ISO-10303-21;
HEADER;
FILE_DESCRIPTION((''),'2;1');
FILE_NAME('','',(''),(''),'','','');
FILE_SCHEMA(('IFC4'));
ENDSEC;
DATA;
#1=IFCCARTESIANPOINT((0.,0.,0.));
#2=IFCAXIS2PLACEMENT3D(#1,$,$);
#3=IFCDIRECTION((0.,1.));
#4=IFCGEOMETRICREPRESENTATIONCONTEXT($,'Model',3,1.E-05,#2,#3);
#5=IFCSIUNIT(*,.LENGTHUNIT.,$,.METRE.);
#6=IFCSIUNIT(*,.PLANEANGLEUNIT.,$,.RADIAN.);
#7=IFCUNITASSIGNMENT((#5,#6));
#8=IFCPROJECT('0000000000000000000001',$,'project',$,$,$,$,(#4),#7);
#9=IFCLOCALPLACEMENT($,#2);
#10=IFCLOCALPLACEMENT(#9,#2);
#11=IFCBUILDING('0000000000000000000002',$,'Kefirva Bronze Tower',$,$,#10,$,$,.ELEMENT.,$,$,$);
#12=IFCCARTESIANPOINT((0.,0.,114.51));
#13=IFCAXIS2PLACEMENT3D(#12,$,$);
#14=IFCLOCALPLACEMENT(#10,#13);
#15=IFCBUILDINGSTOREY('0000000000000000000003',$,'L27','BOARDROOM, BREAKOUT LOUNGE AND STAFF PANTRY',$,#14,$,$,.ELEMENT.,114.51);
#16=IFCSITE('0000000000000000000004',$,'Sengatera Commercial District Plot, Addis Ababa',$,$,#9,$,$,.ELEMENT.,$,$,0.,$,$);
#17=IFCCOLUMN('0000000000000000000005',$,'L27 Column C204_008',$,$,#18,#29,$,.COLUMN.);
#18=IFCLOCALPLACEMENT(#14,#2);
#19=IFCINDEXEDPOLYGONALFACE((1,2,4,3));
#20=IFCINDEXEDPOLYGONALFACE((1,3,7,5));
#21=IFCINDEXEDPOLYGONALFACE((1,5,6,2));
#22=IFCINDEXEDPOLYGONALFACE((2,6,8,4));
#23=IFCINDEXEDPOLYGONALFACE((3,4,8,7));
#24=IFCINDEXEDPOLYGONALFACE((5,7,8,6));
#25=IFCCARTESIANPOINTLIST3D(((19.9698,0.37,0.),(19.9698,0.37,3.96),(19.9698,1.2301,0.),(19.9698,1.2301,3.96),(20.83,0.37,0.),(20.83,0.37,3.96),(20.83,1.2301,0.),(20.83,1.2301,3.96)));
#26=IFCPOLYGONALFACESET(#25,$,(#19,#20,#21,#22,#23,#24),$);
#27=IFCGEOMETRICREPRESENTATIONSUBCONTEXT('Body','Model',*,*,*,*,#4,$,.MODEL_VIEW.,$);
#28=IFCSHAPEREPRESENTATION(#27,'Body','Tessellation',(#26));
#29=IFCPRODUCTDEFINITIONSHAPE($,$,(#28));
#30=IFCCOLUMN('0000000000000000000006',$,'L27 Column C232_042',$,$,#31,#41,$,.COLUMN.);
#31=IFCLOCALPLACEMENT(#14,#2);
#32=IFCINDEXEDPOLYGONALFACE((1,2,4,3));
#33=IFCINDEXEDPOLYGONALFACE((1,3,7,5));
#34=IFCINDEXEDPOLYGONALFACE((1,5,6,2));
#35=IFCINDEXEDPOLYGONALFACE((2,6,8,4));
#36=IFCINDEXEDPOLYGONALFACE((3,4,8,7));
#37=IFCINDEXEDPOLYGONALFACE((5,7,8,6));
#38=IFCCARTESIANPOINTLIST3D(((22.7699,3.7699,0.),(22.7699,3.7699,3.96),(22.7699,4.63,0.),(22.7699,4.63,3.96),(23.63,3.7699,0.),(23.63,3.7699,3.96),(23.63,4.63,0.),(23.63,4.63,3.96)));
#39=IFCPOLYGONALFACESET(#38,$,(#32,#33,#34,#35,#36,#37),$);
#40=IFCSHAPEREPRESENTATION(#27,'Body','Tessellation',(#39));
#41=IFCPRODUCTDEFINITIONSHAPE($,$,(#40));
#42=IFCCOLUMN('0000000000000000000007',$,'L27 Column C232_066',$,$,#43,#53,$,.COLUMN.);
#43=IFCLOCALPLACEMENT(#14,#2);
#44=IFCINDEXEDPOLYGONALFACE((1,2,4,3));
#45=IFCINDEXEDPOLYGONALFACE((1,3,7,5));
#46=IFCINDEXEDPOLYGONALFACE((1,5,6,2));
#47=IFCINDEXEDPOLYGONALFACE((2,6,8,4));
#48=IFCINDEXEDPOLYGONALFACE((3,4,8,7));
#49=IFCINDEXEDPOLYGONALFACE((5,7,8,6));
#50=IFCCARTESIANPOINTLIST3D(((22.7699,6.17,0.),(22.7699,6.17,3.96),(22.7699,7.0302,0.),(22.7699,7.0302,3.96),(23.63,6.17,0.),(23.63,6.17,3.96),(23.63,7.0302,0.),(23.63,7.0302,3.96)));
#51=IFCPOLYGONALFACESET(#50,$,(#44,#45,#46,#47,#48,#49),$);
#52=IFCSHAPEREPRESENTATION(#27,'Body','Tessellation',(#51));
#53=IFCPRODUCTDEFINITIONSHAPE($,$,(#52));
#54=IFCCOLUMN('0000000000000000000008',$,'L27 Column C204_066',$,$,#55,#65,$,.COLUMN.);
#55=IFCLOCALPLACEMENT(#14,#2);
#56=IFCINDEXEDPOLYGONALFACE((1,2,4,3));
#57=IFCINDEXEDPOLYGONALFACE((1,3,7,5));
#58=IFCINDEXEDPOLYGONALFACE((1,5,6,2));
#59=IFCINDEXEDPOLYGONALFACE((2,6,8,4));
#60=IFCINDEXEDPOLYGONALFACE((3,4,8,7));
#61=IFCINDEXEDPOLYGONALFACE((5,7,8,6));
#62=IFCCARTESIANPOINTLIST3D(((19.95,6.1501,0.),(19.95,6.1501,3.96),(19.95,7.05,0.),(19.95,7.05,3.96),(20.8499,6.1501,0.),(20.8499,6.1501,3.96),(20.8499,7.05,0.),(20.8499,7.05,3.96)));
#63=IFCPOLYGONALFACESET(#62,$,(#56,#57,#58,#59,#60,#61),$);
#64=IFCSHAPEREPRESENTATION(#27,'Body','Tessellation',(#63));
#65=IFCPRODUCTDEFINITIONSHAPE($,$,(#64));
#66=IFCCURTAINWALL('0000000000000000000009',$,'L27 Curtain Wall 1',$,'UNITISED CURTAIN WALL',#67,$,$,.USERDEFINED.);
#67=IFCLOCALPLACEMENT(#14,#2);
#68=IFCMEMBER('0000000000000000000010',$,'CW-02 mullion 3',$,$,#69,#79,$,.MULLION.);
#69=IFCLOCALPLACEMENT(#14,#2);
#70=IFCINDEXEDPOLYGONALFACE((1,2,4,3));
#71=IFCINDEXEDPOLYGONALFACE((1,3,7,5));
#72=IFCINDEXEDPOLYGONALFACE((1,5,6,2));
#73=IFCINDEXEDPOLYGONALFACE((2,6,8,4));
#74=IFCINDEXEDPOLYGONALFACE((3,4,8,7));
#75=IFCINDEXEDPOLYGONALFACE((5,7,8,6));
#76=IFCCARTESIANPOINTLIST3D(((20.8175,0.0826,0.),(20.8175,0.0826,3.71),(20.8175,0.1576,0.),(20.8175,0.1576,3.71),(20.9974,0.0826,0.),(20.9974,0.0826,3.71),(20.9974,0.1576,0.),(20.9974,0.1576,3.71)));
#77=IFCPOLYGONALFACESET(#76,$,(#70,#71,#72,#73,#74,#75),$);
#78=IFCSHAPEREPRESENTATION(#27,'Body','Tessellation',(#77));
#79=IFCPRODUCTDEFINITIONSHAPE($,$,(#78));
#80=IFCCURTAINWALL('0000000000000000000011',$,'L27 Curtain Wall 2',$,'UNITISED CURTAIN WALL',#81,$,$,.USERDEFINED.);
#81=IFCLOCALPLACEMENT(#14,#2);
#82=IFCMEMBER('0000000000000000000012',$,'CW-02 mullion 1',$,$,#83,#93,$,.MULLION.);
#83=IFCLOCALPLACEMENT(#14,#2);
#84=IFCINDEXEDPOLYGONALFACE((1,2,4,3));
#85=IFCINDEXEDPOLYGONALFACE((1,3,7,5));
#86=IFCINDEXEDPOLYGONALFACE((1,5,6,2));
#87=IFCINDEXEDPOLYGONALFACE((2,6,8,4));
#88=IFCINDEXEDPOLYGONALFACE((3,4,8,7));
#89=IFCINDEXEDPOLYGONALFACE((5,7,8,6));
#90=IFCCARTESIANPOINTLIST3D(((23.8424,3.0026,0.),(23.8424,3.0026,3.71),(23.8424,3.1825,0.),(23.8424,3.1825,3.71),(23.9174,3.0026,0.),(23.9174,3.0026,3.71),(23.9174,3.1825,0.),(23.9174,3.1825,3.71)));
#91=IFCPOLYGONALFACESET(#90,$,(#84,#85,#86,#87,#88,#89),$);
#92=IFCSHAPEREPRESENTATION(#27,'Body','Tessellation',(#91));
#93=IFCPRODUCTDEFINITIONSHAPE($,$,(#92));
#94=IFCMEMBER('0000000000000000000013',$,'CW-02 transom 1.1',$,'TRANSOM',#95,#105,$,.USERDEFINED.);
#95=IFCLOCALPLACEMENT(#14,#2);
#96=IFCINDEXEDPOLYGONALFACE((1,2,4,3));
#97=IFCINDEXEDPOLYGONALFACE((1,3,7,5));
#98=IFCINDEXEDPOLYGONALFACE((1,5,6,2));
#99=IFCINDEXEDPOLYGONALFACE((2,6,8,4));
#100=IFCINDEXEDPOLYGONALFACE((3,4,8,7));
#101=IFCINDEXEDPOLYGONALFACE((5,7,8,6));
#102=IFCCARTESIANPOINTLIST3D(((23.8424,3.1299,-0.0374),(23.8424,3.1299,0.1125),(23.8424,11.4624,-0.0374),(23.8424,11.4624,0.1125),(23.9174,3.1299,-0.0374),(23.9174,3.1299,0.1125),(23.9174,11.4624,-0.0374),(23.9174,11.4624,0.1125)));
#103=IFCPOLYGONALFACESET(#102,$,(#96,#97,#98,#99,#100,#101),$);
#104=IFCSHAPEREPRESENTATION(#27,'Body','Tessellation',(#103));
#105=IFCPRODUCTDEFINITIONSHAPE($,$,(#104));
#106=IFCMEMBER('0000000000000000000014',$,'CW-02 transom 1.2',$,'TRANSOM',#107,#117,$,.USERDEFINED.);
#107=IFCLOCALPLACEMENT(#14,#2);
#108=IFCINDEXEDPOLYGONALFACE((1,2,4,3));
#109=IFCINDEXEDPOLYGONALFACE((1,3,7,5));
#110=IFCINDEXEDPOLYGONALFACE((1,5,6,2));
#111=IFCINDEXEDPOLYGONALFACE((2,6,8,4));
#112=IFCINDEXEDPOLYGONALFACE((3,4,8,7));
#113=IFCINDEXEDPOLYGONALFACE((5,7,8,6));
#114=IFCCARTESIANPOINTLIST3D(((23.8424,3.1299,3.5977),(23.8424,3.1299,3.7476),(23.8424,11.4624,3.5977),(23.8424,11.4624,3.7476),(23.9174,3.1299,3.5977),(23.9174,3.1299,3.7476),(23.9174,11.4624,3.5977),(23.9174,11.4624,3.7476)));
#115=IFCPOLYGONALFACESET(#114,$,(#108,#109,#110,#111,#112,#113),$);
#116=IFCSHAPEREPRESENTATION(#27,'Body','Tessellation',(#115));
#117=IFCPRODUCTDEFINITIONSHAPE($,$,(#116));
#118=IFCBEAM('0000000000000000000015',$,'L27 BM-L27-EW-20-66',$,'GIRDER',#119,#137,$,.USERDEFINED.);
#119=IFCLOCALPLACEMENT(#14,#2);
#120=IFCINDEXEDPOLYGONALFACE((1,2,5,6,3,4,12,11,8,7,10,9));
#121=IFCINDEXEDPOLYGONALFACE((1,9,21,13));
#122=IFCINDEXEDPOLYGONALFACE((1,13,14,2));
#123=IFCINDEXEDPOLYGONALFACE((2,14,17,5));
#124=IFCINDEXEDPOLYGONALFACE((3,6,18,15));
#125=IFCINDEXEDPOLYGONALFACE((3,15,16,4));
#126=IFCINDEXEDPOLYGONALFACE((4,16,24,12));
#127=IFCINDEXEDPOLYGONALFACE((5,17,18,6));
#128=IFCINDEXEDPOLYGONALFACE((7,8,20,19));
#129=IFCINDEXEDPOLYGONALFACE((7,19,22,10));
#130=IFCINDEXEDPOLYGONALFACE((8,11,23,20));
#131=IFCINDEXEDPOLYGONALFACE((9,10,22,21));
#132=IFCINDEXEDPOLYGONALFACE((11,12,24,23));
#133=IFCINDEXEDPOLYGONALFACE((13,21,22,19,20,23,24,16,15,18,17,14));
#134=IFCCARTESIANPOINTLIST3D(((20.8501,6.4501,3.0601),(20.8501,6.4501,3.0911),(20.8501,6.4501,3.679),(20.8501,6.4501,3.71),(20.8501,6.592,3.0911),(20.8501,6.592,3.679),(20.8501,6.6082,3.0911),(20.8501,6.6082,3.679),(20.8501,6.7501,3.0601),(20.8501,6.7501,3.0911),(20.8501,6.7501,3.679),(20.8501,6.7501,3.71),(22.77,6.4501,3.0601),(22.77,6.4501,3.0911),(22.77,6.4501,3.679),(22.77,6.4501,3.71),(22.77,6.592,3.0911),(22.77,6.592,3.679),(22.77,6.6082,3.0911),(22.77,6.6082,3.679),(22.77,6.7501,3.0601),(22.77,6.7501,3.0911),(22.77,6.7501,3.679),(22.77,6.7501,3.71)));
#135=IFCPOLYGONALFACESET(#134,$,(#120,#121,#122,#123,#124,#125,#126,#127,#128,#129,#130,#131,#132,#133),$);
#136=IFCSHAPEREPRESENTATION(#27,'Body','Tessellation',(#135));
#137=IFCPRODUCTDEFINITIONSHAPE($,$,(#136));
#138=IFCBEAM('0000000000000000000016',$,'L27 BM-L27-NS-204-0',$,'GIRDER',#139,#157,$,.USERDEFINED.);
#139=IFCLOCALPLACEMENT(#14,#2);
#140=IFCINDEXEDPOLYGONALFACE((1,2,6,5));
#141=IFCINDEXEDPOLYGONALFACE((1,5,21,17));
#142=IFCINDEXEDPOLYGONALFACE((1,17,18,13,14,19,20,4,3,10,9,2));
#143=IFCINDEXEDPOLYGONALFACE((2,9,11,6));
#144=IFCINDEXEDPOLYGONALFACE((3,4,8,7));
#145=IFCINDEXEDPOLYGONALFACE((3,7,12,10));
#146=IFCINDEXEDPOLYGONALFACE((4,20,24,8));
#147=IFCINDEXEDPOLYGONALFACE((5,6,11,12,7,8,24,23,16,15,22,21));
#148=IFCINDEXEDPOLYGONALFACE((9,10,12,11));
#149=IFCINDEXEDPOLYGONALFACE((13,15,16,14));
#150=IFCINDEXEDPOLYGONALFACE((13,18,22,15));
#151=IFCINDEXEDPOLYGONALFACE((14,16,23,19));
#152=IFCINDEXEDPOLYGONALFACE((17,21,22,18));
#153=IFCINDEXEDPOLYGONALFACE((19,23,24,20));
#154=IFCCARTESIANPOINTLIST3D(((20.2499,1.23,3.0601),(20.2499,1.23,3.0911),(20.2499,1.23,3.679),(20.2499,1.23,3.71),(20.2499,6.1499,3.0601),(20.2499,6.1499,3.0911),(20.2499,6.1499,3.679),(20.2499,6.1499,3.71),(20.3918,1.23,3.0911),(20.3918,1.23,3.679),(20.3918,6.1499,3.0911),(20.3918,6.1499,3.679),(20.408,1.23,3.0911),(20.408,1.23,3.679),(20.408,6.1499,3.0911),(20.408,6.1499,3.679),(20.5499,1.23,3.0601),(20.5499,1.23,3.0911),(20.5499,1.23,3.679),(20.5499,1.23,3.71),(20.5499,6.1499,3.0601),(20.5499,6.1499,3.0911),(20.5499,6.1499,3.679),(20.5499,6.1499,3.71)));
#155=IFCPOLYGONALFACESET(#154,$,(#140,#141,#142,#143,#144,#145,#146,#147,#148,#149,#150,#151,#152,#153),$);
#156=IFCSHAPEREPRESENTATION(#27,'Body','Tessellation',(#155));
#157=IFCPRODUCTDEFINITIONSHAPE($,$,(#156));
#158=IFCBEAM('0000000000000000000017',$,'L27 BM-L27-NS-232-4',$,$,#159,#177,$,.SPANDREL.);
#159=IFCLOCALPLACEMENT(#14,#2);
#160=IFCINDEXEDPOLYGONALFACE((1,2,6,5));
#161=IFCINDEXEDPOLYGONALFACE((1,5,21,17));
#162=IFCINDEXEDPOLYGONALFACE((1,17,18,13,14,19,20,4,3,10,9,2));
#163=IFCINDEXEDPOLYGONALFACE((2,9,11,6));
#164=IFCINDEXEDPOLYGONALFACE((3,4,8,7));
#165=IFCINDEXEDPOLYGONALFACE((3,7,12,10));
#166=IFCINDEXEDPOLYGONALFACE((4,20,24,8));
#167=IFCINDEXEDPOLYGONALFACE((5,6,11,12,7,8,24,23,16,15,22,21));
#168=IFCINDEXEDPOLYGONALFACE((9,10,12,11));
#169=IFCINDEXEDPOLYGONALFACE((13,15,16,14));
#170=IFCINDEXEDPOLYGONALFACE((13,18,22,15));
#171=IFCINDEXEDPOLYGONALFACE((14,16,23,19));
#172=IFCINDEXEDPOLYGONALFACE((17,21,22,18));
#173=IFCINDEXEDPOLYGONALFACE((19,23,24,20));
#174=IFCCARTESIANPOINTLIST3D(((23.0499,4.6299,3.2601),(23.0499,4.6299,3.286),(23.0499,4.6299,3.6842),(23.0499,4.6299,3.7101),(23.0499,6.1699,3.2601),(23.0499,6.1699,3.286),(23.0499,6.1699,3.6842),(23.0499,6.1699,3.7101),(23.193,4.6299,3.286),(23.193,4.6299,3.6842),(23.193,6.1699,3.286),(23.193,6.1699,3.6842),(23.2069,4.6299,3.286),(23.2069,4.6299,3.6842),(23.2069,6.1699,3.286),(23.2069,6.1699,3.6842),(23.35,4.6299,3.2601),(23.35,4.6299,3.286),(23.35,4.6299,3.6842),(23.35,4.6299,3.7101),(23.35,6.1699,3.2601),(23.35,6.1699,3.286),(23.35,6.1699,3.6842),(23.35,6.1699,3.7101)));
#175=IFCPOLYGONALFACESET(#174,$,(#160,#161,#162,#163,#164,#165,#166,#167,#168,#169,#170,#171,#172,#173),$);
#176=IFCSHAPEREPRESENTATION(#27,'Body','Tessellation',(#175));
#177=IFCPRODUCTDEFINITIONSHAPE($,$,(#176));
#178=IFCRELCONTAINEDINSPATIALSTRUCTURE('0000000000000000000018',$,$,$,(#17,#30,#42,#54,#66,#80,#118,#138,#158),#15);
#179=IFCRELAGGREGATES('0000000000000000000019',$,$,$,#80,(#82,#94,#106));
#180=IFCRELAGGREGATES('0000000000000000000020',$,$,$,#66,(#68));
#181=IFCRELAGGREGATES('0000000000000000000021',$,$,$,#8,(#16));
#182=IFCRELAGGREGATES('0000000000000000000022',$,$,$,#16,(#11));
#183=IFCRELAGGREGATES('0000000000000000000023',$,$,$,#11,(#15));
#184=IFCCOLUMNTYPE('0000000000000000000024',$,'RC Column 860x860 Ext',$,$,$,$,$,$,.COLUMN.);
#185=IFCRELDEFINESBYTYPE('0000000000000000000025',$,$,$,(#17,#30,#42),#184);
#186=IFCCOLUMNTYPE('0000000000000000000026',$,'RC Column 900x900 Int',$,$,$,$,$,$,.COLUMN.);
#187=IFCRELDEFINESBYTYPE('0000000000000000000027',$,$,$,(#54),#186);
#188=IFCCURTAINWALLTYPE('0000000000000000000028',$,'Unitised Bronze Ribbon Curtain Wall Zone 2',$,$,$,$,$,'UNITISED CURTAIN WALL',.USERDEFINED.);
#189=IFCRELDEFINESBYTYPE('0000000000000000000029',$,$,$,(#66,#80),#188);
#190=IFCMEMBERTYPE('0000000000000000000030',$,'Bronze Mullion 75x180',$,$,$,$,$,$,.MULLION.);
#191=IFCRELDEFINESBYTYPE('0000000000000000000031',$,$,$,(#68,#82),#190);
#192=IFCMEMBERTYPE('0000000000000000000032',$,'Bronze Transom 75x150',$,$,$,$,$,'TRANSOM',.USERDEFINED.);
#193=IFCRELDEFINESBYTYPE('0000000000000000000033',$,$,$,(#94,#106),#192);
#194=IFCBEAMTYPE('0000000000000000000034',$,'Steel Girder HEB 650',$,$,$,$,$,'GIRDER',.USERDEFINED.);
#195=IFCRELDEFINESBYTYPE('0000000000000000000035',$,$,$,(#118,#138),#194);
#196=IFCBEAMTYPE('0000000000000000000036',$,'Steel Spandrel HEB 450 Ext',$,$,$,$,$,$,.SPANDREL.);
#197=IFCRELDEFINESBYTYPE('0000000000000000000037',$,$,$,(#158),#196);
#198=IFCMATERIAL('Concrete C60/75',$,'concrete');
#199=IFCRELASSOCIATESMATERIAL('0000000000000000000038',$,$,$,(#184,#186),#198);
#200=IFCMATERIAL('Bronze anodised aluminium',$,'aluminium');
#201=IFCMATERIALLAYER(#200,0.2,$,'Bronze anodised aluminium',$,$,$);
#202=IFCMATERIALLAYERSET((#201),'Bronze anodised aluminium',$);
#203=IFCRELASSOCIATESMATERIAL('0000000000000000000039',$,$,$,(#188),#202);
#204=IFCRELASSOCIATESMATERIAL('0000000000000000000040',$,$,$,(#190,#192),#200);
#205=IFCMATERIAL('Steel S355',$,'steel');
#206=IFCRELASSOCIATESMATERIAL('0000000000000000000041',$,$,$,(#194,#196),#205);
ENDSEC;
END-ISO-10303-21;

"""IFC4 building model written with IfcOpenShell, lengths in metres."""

from ifc_helpers import new_model, si_unit, direction, frame, origin, origin_2d, place, context, subcontext, project, spatial, rectangle, i_section, extrude, material, layer, layer_set, material_profile, profile_set, type_object, element, aggregate, save


model = new_model("IFC4")

# Units and contexts
model_context = context("Model", 3, precision=1e-05, world=origin(), true_north=direction((0.0, 1.0)))
body_context = subcontext(model_context, "Body", "Model", "MODEL_VIEW")
ifc_project = project(units=[si_unit("LENGTHUNIT", "METRE"), si_unit("PLANEANGLEUNIT", "RADIAN")], contexts=[model_context])

# Site, building, storey
site_placement = place(None, origin())
site = spatial("IfcSite", under=ifc_project, at=site_placement, Name="Sengatera Commercial District Plot, Addis Ababa", CompositionType="ELEMENT", RefElevation=0.0)
building_placement = place(site_placement, origin())
building = spatial("IfcBuilding", under=site, at=building_placement, Name="Kefirva Bronze Tower", CompositionType="ELEMENT")
storey_placement = place(building_placement, frame((0.0, 0.0, 114.51)))
storey = spatial("IfcBuildingStorey", under=building, at=storey_placement, Name="L27", Description="BOARDROOM, BREAKOUT LOUNGE AND STAFF PANTRY", CompositionType="ELEMENT", Elevation=114.51)

# Columns
ifc_material_1 = material(Name="Concrete C60/75", Category="concrete")
ifc_material_profile_1 = material_profile(ifc_material_1, rectangle(XDim=0.8601, YDim=0.8601, at=origin_2d()), Name="RC 860x860")
ifc_profile_set_1 = profile_set([ifc_material_profile_1], Name="Concrete C60/75")
column_type_1 = type_object("IfcColumnType", Name="RC Column 860x860 Ext", PredefinedType="COLUMN", material=ifc_profile_set_1)
for number, where, z_axis, x_axis, name in (
    (1, (20.3999, 0.8, 0.0), (0.0, 0.0, 1.0), (1.0, 0.0, 0.0), "L27 Column C204_008"),
    (2, (23.2, 4.2, 0.0), (0.0, 0.0, 1.0), (1.0, 0.0, 0.0), "L27 Column C232_042"),
    (3, (23.2, 6.6001, 0.0), (0.0, 0.0, 1.0), (1.0, 0.0, 0.0), "L27 Column C232_066"),
):
    element("IfcColumn", number, at=place(storey_placement, frame(where, z_axis=z_axis, x_axis=x_axis)), inside=storey, type_object=column_type_1, Name=name, PredefinedType="COLUMN", context=body_context, shape_type="SweptSolid", body=[
        extrude(rectangle(XDim=0.8601, YDim=0.8601, at=origin_2d()), origin(), (0.0, 0.0, 1.0), 3.96),
    ])
ifc_material_profile_2 = material_profile(ifc_material_1, rectangle(XDim=0.8999, YDim=0.8999, at=origin_2d()), Name="RC 900x900")
ifc_profile_set_2 = profile_set([ifc_material_profile_2], Name="Concrete C60/75")
column_type_2 = type_object("IfcColumnType", Name="RC Column 900x900 Int", PredefinedType="COLUMN", material=ifc_profile_set_2)
column_placement = place(storey_placement, frame((20.3999, 6.6001, 0.0), z_axis=(0.0, 0.0, 1.0), x_axis=(1.0, 0.0, 0.0)))
element("IfcColumn", 4, at=column_placement, inside=storey, type_object=column_type_2, Name="L27 Column C204_066", PredefinedType="COLUMN", context=body_context, shape_type="SweptSolid", body=[
    extrude(rectangle(XDim=0.8999, YDim=0.8999, at=origin_2d()), origin(), (0.0, 0.0, 1.0), 3.96),
])

# Curtain wall, member
ifc_material_2 = material(Name="Bronze anodised aluminium", Category="aluminium")
ifc_layer_1 = layer(ifc_material_2, 0.2, Name="Bronze anodised aluminium")
ifc_layer_set_1 = layer_set([ifc_layer_1], Name="Bronze anodised aluminium")
curtain_wall_type = type_object("IfcCurtainWallType", Name="Unitised Bronze Ribbon Curtain Wall Zone 2", ElementType="UNITISED CURTAIN WALL", PredefinedType="USERDEFINED", material=ifc_layer_set_1)
curtain_wall_1_placement = place(storey_placement, origin())
curtain_wall_1 = element("IfcCurtainWall", 5, at=curtain_wall_1_placement, inside=storey, type_object=curtain_wall_type, Name="L27 Curtain Wall 1", ObjectType="UNITISED CURTAIN WALL", PredefinedType="USERDEFINED")
ifc_material_profile_3 = material_profile(ifc_material_2, rectangle(XDim=0.075, YDim=0.1799, at=origin_2d()), Name="ALU 75x180")
ifc_profile_set_3 = profile_set([ifc_material_profile_3], Name="Bronze anodised aluminium")
member_type_1 = type_object("IfcMemberType", Name="Bronze Mullion 75x180", PredefinedType="MULLION", material=ifc_profile_set_3)
member_1_placement = place(storey_placement, frame((20.9075, 0.1201, 0.0), z_axis=(0.0, 0.0, 1.0), x_axis=(0.0, 1.0, 0.0)))
member_1 = element("IfcMember", 6, at=member_1_placement, type_object=member_type_1, Name="CW-02 mullion 3", PredefinedType="MULLION", context=body_context, shape_type="SweptSolid", body=[
    extrude(rectangle(XDim=0.075, YDim=0.1799, at=origin_2d()), origin(), (0.0, 0.0, 1.0), 3.71),
])

# Curtain wall, members
curtain_wall_2_placement = place(storey_placement, origin())
curtain_wall_2 = element("IfcCurtainWall", 7, at=curtain_wall_2_placement, inside=storey, type_object=curtain_wall_type, Name="L27 Curtain Wall 2", ObjectType="UNITISED CURTAIN WALL", PredefinedType="USERDEFINED")
member_2_placement = place(storey_placement, frame((23.8799, 3.0925, 0.0), z_axis=(0.0, 0.0, 1.0), x_axis=(-1.0, 0.0, 0.0)))
member_2 = element("IfcMember", 8, at=member_2_placement, type_object=member_type_1, Name="CW-02 mullion 1", PredefinedType="MULLION", context=body_context, shape_type="SweptSolid", body=[
    extrude(rectangle(XDim=0.075, YDim=0.1799, at=origin_2d()), origin(), (0.0, 0.0, 1.0), 3.71),
])
ifc_material_profile_4 = material_profile(ifc_material_2, rectangle(XDim=0.075, YDim=0.1499, at=origin_2d()), Name="ALU 75x150")
ifc_profile_set_4 = profile_set([ifc_material_profile_4], Name="Bronze anodised aluminium")
member_type_2 = type_object("IfcMemberType", Name="Bronze Transom 75x150", ElementType="TRANSOM", PredefinedType="USERDEFINED", material=ifc_profile_set_4)
member_3_placement = place(storey_placement, frame((23.8799, 3.1299, 0.0376), z_axis=(0.0, 1.0, 0.0), x_axis=(-1.0, 0.0, 0.0)))
member_3 = element("IfcMember", 9, at=member_3_placement, type_object=member_type_2, Name="CW-02 transom 1.1", ObjectType="TRANSOM", PredefinedType="USERDEFINED", context=body_context, shape_type="SweptSolid", body=[
    extrude(rectangle(XDim=0.075, YDim=0.1499, at=origin_2d()), origin(), (0.0, 0.0, 1.0), 8.3325),
])
member_4_placement = place(storey_placement, frame((23.8799, 3.1299, 3.6726), z_axis=(0.0, 1.0, 0.0), x_axis=(-1.0, 0.0, 0.0)))
member_4 = element("IfcMember", 10, at=member_4_placement, type_object=member_type_2, Name="CW-02 transom 1.2", ObjectType="TRANSOM", PredefinedType="USERDEFINED", context=body_context, shape_type="SweptSolid", body=[
    extrude(rectangle(XDim=0.075, YDim=0.1499, at=origin_2d()), origin(), (0.0, 0.0, 1.0), 8.3325),
])
aggregate(curtain_wall_2, [member_2, member_3, member_4])

# Beams
ifc_material_3 = material(Name="Steel S355", Category="steel")
ifc_material_profile_5 = material_profile(ifc_material_3, i_section(OverallWidth=0.3, OverallDepth=0.6499, WebThickness=0.0161, FlangeThickness=0.031, at=origin_2d()), Name="HEB 650")
ifc_profile_set_5 = profile_set([ifc_material_profile_5], Name="Steel S355")
beam_type_1 = type_object("IfcBeamType", Name="Steel Girder HEB 650", ElementType="GIRDER", PredefinedType="USERDEFINED", material=ifc_profile_set_5)
beam_1_placement = place(storey_placement, frame((20.8501, 6.6001, 3.385), z_axis=(1.0, 0.0, 0.0), x_axis=(0.0, 1.0, 0.0)))
element("IfcBeam", 11, at=beam_1_placement, inside=storey, type_object=beam_type_1, Name="L27 BM-L27-EW-20-66", ObjectType="GIRDER", PredefinedType="USERDEFINED", context=body_context, shape_type="SweptSolid", body=[
    extrude(i_section(OverallWidth=0.3, OverallDepth=0.6499, WebThickness=0.0161, FlangeThickness=0.031, at=origin_2d()), origin(), (0.0, 0.0, 1.0), 1.9199),
])
beam_2_placement = place(storey_placement, frame((20.3999, 1.23, 3.385), z_axis=(0.0, 1.0, 0.0), x_axis=(-1.0, 0.0, 0.0)))
element("IfcBeam", 12, at=beam_2_placement, inside=storey, type_object=beam_type_1, Name="L27 BM-L27-NS-204-0", ObjectType="GIRDER", PredefinedType="USERDEFINED", context=body_context, shape_type="SweptSolid", body=[
    extrude(i_section(OverallWidth=0.3, OverallDepth=0.6499, WebThickness=0.0161, FlangeThickness=0.031, at=origin_2d()), origin(), (0.0, 0.0, 1.0), 4.9199),
])
ifc_material_profile_6 = material_profile(ifc_material_3, i_section(OverallWidth=0.3, OverallDepth=0.45, WebThickness=0.0139, FlangeThickness=0.0259, at=origin_2d()), Name="HEB 450")
ifc_profile_set_6 = profile_set([ifc_material_profile_6], Name="Steel S355")
beam_type_2 = type_object("IfcBeamType", Name="Steel Spandrel HEB 450 Ext", PredefinedType="SPANDREL", material=ifc_profile_set_6)
beam_3_placement = place(storey_placement, frame((23.2, 4.6299, 3.4851), z_axis=(0.0, 1.0, 0.0), x_axis=(-1.0, 0.0, 0.0)))
element("IfcBeam", 13, at=beam_3_placement, inside=storey, type_object=beam_type_2, Name="L27 BM-L27-NS-232-4", PredefinedType="SPANDREL", context=body_context, shape_type="SweptSolid", body=[
    extrude(i_section(OverallWidth=0.3, OverallDepth=0.45, WebThickness=0.0139, FlangeThickness=0.0259, at=origin_2d()), origin(), (0.0, 0.0, 1.0), 1.54),
])

aggregate(curtain_wall_1, [member_1])

save(model, "model.ifc")
